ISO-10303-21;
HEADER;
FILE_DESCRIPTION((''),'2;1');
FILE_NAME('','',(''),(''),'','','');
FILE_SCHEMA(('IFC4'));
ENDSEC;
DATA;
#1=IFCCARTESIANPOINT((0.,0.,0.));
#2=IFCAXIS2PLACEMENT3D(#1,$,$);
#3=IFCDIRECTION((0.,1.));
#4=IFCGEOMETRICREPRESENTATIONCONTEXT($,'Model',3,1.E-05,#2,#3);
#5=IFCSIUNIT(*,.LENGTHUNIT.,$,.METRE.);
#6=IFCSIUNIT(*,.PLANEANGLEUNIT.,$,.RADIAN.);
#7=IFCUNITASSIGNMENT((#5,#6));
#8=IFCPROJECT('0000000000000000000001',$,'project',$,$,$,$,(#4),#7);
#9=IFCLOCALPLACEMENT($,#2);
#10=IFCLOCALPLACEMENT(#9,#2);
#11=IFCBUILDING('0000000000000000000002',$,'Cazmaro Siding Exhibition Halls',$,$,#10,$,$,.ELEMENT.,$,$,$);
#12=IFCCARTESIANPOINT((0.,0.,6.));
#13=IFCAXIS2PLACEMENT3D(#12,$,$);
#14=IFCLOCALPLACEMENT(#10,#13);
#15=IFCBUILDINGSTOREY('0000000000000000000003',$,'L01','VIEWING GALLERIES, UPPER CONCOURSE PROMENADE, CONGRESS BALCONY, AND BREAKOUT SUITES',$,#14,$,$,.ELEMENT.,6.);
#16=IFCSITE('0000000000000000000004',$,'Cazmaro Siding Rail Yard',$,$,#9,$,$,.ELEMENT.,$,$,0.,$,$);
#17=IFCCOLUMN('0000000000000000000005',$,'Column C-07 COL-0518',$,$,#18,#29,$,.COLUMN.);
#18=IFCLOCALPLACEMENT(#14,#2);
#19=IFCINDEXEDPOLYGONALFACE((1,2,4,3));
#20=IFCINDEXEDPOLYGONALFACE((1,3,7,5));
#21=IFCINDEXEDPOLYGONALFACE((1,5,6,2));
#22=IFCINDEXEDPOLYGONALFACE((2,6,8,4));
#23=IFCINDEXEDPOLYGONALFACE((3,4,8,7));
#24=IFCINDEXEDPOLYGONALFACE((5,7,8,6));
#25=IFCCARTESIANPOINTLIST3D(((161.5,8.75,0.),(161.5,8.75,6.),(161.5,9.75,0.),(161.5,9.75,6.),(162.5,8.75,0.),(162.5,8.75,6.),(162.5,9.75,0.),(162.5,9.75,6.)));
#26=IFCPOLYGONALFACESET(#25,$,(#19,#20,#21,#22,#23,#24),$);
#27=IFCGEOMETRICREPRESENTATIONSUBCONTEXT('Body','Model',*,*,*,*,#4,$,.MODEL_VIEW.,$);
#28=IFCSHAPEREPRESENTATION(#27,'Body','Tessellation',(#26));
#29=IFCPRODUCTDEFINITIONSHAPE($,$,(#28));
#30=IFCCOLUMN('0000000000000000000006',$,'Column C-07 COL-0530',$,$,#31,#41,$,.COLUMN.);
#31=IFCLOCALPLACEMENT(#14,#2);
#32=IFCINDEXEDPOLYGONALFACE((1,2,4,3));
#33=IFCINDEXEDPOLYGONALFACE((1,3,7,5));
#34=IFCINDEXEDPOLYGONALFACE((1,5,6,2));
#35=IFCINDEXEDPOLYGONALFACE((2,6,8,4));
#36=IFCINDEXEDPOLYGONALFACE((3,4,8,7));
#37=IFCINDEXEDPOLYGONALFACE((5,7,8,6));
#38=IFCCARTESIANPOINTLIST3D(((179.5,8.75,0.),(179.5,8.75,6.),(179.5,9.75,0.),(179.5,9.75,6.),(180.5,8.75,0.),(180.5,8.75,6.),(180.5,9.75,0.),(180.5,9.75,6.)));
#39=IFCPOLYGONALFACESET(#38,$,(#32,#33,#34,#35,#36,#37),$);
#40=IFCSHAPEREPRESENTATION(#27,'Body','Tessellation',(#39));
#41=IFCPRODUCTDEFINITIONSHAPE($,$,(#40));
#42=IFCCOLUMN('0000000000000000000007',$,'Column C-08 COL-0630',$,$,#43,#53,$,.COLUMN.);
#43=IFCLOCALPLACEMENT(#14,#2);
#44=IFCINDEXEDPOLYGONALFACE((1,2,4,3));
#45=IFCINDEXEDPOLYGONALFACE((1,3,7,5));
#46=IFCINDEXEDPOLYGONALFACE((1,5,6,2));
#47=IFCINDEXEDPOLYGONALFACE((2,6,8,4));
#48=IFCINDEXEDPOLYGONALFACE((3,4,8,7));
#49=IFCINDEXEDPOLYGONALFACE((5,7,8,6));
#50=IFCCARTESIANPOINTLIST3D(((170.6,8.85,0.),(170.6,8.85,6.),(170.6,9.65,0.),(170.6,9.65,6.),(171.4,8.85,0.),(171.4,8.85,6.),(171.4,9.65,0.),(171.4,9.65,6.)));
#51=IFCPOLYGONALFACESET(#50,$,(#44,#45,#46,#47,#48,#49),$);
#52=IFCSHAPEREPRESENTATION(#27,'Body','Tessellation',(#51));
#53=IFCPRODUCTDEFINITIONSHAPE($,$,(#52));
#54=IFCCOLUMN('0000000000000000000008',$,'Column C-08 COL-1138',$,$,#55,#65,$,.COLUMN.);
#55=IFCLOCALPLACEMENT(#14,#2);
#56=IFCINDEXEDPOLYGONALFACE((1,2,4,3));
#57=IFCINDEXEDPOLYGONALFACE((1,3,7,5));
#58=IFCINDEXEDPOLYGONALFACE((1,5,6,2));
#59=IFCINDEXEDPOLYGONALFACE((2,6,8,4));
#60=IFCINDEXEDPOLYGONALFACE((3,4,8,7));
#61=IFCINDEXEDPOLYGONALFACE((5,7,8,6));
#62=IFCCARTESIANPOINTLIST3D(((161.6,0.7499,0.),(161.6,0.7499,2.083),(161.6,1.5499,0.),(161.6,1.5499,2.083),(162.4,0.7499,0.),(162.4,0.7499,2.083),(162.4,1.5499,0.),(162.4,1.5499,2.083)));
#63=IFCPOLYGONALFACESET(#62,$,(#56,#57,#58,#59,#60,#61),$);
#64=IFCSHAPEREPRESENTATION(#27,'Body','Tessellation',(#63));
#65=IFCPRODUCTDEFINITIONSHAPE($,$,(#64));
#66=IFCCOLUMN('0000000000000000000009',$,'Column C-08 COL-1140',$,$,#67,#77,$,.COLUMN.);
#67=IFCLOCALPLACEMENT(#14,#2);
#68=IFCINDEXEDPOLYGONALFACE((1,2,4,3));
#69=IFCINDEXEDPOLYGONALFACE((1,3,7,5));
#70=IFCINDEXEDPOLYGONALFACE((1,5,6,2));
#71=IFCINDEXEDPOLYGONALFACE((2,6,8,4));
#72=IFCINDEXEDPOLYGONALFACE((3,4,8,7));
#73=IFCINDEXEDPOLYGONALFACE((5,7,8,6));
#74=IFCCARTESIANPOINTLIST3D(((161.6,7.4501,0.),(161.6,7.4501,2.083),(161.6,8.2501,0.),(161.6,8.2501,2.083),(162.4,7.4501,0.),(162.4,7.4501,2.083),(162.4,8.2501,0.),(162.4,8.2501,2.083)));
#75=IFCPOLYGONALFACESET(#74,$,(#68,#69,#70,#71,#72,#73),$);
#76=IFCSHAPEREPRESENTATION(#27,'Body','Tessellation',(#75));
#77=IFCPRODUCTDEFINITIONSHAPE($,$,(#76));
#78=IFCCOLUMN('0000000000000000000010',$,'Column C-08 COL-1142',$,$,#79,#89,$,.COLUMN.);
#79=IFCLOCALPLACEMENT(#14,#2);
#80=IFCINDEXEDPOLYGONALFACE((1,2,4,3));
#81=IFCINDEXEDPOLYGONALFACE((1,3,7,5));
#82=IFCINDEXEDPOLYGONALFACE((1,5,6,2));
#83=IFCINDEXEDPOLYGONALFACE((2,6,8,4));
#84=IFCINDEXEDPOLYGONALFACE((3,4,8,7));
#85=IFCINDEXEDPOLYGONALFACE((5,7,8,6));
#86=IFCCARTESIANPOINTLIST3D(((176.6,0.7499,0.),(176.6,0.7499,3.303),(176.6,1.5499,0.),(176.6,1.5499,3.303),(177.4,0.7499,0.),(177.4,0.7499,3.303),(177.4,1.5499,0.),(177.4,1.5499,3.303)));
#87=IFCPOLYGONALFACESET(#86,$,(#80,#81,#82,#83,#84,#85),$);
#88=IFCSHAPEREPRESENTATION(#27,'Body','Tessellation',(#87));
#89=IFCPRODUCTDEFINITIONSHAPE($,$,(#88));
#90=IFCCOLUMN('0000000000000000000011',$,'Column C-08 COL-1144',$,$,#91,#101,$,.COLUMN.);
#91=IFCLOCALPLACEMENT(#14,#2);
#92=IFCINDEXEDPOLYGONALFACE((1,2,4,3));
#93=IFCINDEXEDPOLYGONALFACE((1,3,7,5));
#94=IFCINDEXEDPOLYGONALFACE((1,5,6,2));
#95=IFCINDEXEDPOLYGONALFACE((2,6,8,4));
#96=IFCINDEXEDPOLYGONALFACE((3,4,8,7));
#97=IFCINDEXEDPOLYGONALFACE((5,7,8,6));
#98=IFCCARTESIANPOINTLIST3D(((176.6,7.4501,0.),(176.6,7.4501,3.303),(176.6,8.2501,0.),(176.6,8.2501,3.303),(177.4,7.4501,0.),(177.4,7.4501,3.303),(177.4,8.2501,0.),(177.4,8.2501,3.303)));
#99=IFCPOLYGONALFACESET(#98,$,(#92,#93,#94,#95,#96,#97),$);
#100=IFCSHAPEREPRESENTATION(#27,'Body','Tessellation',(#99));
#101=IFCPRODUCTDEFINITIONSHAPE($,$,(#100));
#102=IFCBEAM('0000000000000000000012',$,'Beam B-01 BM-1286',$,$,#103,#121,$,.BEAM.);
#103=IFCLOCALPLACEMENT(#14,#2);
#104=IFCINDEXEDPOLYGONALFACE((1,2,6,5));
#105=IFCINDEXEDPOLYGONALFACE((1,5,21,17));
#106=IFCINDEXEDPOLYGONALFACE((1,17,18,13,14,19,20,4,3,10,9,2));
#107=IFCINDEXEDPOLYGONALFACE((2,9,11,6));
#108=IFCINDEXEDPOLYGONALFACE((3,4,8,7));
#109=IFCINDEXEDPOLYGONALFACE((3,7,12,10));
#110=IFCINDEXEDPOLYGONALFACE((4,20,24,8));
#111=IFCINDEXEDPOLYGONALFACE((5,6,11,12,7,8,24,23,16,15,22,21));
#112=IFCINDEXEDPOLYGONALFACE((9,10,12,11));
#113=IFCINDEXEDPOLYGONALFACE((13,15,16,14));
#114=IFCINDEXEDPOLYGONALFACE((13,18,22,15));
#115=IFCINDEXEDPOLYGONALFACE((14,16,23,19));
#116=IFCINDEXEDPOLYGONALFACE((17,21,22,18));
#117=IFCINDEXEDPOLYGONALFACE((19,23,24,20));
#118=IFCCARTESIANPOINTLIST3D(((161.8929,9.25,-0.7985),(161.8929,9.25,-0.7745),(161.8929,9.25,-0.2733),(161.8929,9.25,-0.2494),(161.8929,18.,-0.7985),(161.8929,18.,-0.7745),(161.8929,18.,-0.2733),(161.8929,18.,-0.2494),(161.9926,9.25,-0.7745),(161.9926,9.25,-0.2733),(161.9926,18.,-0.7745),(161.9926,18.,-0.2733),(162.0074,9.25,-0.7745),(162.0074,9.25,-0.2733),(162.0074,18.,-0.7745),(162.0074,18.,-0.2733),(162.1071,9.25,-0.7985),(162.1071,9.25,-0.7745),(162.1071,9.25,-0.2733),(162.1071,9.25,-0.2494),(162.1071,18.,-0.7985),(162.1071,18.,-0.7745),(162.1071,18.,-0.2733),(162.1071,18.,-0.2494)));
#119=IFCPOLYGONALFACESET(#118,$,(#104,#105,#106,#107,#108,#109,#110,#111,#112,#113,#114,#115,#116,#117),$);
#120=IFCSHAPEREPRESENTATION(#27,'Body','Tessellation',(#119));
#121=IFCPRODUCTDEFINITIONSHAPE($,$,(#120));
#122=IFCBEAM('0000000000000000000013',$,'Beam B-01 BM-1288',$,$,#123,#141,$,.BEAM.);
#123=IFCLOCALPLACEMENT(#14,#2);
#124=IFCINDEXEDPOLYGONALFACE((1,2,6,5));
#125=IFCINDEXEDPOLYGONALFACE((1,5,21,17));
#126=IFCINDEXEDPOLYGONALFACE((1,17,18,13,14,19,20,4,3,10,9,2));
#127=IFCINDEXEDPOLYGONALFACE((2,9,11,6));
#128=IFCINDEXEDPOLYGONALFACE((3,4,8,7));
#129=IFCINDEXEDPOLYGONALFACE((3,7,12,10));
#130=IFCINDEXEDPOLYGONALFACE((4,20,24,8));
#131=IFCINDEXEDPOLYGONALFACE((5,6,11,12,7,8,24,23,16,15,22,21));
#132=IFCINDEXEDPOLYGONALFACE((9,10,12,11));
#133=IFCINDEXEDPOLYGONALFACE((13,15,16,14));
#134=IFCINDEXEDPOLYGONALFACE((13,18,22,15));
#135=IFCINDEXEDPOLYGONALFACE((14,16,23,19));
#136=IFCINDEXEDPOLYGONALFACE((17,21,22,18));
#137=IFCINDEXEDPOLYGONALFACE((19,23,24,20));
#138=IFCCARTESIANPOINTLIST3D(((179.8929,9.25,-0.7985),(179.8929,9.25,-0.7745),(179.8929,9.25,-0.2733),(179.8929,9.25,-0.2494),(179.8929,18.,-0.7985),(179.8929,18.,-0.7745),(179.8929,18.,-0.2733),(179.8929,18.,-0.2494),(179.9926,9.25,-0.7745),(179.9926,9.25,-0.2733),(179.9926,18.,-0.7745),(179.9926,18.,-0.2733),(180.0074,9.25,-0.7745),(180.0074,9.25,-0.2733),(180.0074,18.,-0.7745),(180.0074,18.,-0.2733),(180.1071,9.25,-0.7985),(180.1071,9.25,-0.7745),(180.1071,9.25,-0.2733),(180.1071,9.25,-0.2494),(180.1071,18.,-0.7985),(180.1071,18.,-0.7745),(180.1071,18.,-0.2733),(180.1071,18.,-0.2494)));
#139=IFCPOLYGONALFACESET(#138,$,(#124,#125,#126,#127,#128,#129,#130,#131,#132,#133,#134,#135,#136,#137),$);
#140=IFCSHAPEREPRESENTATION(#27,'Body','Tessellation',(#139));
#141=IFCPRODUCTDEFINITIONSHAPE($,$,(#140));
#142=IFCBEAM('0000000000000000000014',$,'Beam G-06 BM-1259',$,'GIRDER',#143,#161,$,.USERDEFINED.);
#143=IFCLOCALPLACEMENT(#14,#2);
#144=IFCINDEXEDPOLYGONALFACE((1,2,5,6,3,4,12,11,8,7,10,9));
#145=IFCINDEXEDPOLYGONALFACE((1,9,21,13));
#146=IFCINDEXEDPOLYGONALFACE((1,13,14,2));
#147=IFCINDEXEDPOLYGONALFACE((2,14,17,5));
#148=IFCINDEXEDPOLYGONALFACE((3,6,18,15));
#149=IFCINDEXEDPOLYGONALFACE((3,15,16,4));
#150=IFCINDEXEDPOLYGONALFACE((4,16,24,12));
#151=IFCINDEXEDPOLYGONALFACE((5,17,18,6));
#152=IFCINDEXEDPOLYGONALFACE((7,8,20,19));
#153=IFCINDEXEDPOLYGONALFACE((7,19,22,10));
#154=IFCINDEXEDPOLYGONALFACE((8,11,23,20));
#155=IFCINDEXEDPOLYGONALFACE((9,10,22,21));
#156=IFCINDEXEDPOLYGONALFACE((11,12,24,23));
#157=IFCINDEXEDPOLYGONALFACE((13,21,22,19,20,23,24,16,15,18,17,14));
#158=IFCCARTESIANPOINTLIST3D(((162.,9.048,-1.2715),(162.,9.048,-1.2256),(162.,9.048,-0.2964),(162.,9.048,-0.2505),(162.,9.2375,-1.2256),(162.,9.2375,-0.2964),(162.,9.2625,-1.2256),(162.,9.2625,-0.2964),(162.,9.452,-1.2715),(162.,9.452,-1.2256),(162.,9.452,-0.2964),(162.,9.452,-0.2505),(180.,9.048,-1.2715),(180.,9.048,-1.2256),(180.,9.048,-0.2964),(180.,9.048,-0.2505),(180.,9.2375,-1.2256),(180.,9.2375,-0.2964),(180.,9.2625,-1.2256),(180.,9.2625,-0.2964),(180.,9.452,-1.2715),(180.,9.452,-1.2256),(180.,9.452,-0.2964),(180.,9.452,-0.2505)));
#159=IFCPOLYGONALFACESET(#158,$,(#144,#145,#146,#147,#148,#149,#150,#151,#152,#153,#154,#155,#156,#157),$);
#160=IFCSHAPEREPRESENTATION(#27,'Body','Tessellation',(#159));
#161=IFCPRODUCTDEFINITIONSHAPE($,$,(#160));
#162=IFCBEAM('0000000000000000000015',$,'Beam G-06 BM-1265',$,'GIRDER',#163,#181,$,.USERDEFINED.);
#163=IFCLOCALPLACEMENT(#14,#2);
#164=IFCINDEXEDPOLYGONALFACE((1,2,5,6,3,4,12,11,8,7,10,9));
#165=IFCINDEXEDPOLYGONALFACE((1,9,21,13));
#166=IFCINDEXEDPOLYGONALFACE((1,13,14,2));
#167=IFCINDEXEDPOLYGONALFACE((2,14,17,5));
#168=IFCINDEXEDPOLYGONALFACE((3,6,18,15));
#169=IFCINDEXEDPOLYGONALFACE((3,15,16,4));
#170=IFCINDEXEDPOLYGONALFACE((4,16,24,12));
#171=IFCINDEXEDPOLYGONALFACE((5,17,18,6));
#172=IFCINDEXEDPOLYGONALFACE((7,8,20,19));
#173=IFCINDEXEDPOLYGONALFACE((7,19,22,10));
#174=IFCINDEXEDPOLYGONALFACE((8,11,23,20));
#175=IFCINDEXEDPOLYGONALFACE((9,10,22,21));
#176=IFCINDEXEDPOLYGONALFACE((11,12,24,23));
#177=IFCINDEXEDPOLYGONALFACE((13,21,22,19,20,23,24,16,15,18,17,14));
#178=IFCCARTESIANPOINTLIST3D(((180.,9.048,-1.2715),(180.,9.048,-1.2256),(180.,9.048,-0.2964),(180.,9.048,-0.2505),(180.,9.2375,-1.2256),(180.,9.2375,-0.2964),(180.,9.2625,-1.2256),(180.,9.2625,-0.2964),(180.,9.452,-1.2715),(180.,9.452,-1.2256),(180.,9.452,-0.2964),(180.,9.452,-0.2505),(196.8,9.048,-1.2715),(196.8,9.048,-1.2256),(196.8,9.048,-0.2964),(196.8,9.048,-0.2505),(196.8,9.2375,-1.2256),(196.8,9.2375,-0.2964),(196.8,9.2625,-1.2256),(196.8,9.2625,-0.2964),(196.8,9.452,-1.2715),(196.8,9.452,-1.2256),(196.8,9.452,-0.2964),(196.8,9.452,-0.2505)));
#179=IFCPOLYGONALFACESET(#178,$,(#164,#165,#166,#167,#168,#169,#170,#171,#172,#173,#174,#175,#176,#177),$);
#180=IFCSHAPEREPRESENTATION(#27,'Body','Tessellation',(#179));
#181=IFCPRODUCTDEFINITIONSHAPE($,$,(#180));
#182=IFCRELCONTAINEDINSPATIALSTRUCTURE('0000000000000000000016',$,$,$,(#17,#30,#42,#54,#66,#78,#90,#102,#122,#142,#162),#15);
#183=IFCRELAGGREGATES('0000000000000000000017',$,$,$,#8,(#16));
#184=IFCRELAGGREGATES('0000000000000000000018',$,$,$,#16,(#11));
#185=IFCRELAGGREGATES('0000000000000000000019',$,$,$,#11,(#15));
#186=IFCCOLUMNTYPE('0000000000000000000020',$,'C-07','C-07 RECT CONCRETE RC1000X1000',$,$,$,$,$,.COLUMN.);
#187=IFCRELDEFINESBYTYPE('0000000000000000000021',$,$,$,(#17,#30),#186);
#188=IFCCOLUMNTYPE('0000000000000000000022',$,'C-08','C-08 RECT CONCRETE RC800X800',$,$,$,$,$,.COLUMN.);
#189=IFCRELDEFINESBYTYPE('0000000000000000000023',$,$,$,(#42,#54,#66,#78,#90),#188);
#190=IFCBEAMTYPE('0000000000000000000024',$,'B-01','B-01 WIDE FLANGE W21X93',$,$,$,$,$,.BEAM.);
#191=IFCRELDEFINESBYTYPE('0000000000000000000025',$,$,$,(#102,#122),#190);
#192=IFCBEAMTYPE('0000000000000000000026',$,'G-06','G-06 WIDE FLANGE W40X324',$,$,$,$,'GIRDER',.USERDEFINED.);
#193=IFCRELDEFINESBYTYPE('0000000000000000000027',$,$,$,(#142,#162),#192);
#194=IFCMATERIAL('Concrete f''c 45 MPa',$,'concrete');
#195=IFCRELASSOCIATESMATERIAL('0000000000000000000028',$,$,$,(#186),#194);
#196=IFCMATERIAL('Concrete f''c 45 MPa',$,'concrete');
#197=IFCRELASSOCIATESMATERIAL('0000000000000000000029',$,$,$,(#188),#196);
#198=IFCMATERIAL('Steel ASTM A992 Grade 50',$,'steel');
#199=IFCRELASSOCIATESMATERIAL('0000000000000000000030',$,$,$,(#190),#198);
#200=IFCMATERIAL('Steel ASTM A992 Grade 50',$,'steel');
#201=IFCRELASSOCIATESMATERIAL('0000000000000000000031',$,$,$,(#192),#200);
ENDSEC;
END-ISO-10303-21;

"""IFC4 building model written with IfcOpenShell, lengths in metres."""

from ifc_helpers import new_model, si_unit, direction, frame, origin, origin_2d, place, context, subcontext, project, spatial, rectangle, i_section, extrude, material, material_profile, profile_set, type_object, element, save


model = new_model("IFC4")

# Units and contexts
model_context = context("Model", 3, precision=1e-05, world=origin(), true_north=direction((0.0, 1.0)))
body_context = subcontext(model_context, "Body", "Model", "MODEL_VIEW")
ifc_project = project(units=[si_unit("LENGTHUNIT", "METRE"), si_unit("PLANEANGLEUNIT", "RADIAN")], contexts=[model_context])

# Site, building, storey
site_placement = place(None, origin())
site = spatial("IfcSite", under=ifc_project, at=site_placement, Name="Cazmaro Siding Rail Yard", CompositionType="ELEMENT", RefElevation=0.0)
building_placement = place(site_placement, origin())
building = spatial("IfcBuilding", under=site, at=building_placement, Name="Cazmaro Siding Exhibition Halls", CompositionType="ELEMENT")
storey_placement = place(building_placement, frame((0.0, 0.0, 6.0)))
storey = spatial("IfcBuildingStorey", under=building, at=storey_placement, Name="L01", Description="VIEWING GALLERIES, UPPER CONCOURSE PROMENADE, CONGRESS BALCONY, AND BREAKOUT SUITES", CompositionType="ELEMENT", Elevation=6.0)

# Columns
ifc_material_1 = material(Name="Concrete f'c 45 MPa", Category="concrete")
ifc_material_profile_1 = material_profile(ifc_material_1, rectangle(XDim=1.0, YDim=1.0, at=origin_2d()), Name="RC1000X1000")
ifc_profile_set_1 = profile_set([ifc_material_profile_1], Name="Concrete f'c 45 MPa")
column_type_1 = type_object("IfcColumnType", Name="C-07", Description="C-07 RECT CONCRETE RC1000X1000", PredefinedType="COLUMN", material=ifc_profile_set_1)
for number, where, z_axis, x_axis, name in (
    (1, (162.0, 9.25, 0.0), (0.0, 0.0, 1.0), (1.0, 0.0, 0.0), "Column C-07 COL-0518"),
    (2, (180.0, 9.25, 0.0), (0.0, 0.0, 1.0), (1.0, 0.0, 0.0), "Column C-07 COL-0530"),
):
    element("IfcColumn", number, at=place(storey_placement, frame(where, z_axis=z_axis, x_axis=x_axis)), inside=storey, type_object=column_type_1, Name=name, PredefinedType="COLUMN", context=body_context, shape_type="SweptSolid", body=[
        extrude(rectangle(XDim=1.0, YDim=1.0, at=origin_2d()), origin(), (0.0, 0.0, 1.0), 6.0),
    ])
ifc_material_2 = material(Name="Concrete f'c 45 MPa", Category="concrete")
ifc_material_profile_2 = material_profile(ifc_material_2, rectangle(XDim=0.8, YDim=0.8, at=origin_2d()), Name="RC800X800")
ifc_profile_set_2 = profile_set([ifc_material_profile_2], Name="Concrete f'c 45 MPa")
column_type_2 = type_object("IfcColumnType", Name="C-08", Description="C-08 RECT CONCRETE RC800X800", PredefinedType="COLUMN", material=ifc_profile_set_2)
column_placement = place(storey_placement, frame((171.0, 9.25, 0.0), z_axis=(0.0, 0.0, 1.0), x_axis=(1.0, 0.0, 0.0)))
element("IfcColumn", 3, at=column_placement, inside=storey, type_object=column_type_2, Name="Column C-08 COL-0630", PredefinedType="COLUMN", context=body_context, shape_type="SweptSolid", body=[
    extrude(rectangle(XDim=0.8, YDim=0.8, at=origin_2d()), origin(), (0.0, 0.0, 1.0), 6.0),
])
for number, where, z_axis, x_axis, name in (
    (4, (162.0, 1.1499, 0.0), (0.0, 0.0, 1.0), (1.0, 0.0, 0.0), "Column C-08 COL-1138"),
    (5, (162.0, 7.8501, 0.0), (0.0, 0.0, 1.0), (1.0, 0.0, 0.0), "Column C-08 COL-1140"),
):
    element("IfcColumn", number, at=place(storey_placement, frame(where, z_axis=z_axis, x_axis=x_axis)), inside=storey, type_object=column_type_2, Name=name, PredefinedType="COLUMN", context=body_context, shape_type="SweptSolid", body=[
        extrude(rectangle(XDim=0.8, YDim=0.8, at=origin_2d()), origin(), (0.0, 0.0, 1.0), 2.083),
    ])
for number, where, z_axis, x_axis, name in (
    (6, (177.0, 1.1499, 0.0), (0.0, 0.0, 1.0), (1.0, 0.0, 0.0), "Column C-08 COL-1142"),
    (7, (177.0, 7.8501, 0.0), (0.0, 0.0, 1.0), (1.0, 0.0, 0.0), "Column C-08 COL-1144"),
):
    element("IfcColumn", number, at=place(storey_placement, frame(where, z_axis=z_axis, x_axis=x_axis)), inside=storey, type_object=column_type_2, Name=name, PredefinedType="COLUMN", context=body_context, shape_type="SweptSolid", body=[
        extrude(rectangle(XDim=0.8, YDim=0.8, at=origin_2d()), origin(), (0.0, 0.0, 1.0), 3.303),
    ])

# Beams
ifc_material_3 = material(Name="Steel ASTM A992 Grade 50", Category="steel")
ifc_material_profile_3 = material_profile(ifc_material_3, i_section(OverallWidth=0.2141, OverallDepth=0.5491, WebThickness=0.0149, FlangeThickness=0.0239, at=origin_2d()), Name="W21X93")
ifc_profile_set_3 = profile_set([ifc_material_profile_3], Name="Steel ASTM A992 Grade 50")
beam_type_1 = type_object("IfcBeamType", Name="B-01", Description="B-01 WIDE FLANGE W21X93", PredefinedType="BEAM", material=ifc_profile_set_3)
for number, where, z_axis, x_axis, name in (
    (8, (162.0, 9.25, -0.5239), (0.0, 1.0, 0.0), (-1.0, 0.0, 0.0), "Beam B-01 BM-1286"),
    (9, (180.0, 9.25, -0.5239), (0.0, 1.0, 0.0), (-1.0, 0.0, 0.0), "Beam B-01 BM-1288"),
):
    element("IfcBeam", number, at=place(storey_placement, frame(where, z_axis=z_axis, x_axis=x_axis)), inside=storey, type_object=beam_type_1, Name=name, PredefinedType="BEAM", context=body_context, shape_type="SweptSolid", body=[
        extrude(i_section(OverallWidth=0.2141, OverallDepth=0.5491, WebThickness=0.0149, FlangeThickness=0.0239, at=origin_2d()), origin(), (0.0, 0.0, 1.0), 8.75),
    ])
ifc_material_4 = material(Name="Steel ASTM A992 Grade 50", Category="steel")
ifc_material_profile_4 = material_profile(ifc_material_4, i_section(OverallWidth=0.4041, OverallDepth=1.021, WebThickness=0.0249, FlangeThickness=0.0459, at=origin_2d()), Name="W40X324")
ifc_profile_set_4 = profile_set([ifc_material_profile_4], Name="Steel ASTM A992 Grade 50")
beam_type_2 = type_object("IfcBeamType", Name="G-06", Description="G-06 WIDE FLANGE W40X324", ElementType="GIRDER", PredefinedType="USERDEFINED", material=ifc_profile_set_4)
beam_1_placement = place(storey_placement, frame((162.0, 9.25, -0.761), z_axis=(1.0, 0.0, 0.0), x_axis=(0.0, 1.0, 0.0)))
element("IfcBeam", 10, at=beam_1_placement, inside=storey, type_object=beam_type_2, Name="Beam G-06 BM-1259", ObjectType="GIRDER", PredefinedType="USERDEFINED", context=body_context, shape_type="SweptSolid", body=[
    extrude(i_section(OverallWidth=0.4041, OverallDepth=1.021, WebThickness=0.0249, FlangeThickness=0.0459, at=origin_2d()), origin(), (0.0, 0.0, 1.0), 18.0),
])
beam_2_placement = place(storey_placement, frame((180.0, 9.25, -0.761), z_axis=(1.0, 0.0, 0.0), x_axis=(0.0, 1.0, 0.0)))
element("IfcBeam", 11, at=beam_2_placement, inside=storey, type_object=beam_type_2, Name="Beam G-06 BM-1265", ObjectType="GIRDER", PredefinedType="USERDEFINED", context=body_context, shape_type="SweptSolid", body=[
    extrude(i_section(OverallWidth=0.4041, OverallDepth=1.021, WebThickness=0.0249, FlangeThickness=0.0459, at=origin_2d()), origin(), (0.0, 0.0, 1.0), 16.8),
])

save(model, "model.ifc")
